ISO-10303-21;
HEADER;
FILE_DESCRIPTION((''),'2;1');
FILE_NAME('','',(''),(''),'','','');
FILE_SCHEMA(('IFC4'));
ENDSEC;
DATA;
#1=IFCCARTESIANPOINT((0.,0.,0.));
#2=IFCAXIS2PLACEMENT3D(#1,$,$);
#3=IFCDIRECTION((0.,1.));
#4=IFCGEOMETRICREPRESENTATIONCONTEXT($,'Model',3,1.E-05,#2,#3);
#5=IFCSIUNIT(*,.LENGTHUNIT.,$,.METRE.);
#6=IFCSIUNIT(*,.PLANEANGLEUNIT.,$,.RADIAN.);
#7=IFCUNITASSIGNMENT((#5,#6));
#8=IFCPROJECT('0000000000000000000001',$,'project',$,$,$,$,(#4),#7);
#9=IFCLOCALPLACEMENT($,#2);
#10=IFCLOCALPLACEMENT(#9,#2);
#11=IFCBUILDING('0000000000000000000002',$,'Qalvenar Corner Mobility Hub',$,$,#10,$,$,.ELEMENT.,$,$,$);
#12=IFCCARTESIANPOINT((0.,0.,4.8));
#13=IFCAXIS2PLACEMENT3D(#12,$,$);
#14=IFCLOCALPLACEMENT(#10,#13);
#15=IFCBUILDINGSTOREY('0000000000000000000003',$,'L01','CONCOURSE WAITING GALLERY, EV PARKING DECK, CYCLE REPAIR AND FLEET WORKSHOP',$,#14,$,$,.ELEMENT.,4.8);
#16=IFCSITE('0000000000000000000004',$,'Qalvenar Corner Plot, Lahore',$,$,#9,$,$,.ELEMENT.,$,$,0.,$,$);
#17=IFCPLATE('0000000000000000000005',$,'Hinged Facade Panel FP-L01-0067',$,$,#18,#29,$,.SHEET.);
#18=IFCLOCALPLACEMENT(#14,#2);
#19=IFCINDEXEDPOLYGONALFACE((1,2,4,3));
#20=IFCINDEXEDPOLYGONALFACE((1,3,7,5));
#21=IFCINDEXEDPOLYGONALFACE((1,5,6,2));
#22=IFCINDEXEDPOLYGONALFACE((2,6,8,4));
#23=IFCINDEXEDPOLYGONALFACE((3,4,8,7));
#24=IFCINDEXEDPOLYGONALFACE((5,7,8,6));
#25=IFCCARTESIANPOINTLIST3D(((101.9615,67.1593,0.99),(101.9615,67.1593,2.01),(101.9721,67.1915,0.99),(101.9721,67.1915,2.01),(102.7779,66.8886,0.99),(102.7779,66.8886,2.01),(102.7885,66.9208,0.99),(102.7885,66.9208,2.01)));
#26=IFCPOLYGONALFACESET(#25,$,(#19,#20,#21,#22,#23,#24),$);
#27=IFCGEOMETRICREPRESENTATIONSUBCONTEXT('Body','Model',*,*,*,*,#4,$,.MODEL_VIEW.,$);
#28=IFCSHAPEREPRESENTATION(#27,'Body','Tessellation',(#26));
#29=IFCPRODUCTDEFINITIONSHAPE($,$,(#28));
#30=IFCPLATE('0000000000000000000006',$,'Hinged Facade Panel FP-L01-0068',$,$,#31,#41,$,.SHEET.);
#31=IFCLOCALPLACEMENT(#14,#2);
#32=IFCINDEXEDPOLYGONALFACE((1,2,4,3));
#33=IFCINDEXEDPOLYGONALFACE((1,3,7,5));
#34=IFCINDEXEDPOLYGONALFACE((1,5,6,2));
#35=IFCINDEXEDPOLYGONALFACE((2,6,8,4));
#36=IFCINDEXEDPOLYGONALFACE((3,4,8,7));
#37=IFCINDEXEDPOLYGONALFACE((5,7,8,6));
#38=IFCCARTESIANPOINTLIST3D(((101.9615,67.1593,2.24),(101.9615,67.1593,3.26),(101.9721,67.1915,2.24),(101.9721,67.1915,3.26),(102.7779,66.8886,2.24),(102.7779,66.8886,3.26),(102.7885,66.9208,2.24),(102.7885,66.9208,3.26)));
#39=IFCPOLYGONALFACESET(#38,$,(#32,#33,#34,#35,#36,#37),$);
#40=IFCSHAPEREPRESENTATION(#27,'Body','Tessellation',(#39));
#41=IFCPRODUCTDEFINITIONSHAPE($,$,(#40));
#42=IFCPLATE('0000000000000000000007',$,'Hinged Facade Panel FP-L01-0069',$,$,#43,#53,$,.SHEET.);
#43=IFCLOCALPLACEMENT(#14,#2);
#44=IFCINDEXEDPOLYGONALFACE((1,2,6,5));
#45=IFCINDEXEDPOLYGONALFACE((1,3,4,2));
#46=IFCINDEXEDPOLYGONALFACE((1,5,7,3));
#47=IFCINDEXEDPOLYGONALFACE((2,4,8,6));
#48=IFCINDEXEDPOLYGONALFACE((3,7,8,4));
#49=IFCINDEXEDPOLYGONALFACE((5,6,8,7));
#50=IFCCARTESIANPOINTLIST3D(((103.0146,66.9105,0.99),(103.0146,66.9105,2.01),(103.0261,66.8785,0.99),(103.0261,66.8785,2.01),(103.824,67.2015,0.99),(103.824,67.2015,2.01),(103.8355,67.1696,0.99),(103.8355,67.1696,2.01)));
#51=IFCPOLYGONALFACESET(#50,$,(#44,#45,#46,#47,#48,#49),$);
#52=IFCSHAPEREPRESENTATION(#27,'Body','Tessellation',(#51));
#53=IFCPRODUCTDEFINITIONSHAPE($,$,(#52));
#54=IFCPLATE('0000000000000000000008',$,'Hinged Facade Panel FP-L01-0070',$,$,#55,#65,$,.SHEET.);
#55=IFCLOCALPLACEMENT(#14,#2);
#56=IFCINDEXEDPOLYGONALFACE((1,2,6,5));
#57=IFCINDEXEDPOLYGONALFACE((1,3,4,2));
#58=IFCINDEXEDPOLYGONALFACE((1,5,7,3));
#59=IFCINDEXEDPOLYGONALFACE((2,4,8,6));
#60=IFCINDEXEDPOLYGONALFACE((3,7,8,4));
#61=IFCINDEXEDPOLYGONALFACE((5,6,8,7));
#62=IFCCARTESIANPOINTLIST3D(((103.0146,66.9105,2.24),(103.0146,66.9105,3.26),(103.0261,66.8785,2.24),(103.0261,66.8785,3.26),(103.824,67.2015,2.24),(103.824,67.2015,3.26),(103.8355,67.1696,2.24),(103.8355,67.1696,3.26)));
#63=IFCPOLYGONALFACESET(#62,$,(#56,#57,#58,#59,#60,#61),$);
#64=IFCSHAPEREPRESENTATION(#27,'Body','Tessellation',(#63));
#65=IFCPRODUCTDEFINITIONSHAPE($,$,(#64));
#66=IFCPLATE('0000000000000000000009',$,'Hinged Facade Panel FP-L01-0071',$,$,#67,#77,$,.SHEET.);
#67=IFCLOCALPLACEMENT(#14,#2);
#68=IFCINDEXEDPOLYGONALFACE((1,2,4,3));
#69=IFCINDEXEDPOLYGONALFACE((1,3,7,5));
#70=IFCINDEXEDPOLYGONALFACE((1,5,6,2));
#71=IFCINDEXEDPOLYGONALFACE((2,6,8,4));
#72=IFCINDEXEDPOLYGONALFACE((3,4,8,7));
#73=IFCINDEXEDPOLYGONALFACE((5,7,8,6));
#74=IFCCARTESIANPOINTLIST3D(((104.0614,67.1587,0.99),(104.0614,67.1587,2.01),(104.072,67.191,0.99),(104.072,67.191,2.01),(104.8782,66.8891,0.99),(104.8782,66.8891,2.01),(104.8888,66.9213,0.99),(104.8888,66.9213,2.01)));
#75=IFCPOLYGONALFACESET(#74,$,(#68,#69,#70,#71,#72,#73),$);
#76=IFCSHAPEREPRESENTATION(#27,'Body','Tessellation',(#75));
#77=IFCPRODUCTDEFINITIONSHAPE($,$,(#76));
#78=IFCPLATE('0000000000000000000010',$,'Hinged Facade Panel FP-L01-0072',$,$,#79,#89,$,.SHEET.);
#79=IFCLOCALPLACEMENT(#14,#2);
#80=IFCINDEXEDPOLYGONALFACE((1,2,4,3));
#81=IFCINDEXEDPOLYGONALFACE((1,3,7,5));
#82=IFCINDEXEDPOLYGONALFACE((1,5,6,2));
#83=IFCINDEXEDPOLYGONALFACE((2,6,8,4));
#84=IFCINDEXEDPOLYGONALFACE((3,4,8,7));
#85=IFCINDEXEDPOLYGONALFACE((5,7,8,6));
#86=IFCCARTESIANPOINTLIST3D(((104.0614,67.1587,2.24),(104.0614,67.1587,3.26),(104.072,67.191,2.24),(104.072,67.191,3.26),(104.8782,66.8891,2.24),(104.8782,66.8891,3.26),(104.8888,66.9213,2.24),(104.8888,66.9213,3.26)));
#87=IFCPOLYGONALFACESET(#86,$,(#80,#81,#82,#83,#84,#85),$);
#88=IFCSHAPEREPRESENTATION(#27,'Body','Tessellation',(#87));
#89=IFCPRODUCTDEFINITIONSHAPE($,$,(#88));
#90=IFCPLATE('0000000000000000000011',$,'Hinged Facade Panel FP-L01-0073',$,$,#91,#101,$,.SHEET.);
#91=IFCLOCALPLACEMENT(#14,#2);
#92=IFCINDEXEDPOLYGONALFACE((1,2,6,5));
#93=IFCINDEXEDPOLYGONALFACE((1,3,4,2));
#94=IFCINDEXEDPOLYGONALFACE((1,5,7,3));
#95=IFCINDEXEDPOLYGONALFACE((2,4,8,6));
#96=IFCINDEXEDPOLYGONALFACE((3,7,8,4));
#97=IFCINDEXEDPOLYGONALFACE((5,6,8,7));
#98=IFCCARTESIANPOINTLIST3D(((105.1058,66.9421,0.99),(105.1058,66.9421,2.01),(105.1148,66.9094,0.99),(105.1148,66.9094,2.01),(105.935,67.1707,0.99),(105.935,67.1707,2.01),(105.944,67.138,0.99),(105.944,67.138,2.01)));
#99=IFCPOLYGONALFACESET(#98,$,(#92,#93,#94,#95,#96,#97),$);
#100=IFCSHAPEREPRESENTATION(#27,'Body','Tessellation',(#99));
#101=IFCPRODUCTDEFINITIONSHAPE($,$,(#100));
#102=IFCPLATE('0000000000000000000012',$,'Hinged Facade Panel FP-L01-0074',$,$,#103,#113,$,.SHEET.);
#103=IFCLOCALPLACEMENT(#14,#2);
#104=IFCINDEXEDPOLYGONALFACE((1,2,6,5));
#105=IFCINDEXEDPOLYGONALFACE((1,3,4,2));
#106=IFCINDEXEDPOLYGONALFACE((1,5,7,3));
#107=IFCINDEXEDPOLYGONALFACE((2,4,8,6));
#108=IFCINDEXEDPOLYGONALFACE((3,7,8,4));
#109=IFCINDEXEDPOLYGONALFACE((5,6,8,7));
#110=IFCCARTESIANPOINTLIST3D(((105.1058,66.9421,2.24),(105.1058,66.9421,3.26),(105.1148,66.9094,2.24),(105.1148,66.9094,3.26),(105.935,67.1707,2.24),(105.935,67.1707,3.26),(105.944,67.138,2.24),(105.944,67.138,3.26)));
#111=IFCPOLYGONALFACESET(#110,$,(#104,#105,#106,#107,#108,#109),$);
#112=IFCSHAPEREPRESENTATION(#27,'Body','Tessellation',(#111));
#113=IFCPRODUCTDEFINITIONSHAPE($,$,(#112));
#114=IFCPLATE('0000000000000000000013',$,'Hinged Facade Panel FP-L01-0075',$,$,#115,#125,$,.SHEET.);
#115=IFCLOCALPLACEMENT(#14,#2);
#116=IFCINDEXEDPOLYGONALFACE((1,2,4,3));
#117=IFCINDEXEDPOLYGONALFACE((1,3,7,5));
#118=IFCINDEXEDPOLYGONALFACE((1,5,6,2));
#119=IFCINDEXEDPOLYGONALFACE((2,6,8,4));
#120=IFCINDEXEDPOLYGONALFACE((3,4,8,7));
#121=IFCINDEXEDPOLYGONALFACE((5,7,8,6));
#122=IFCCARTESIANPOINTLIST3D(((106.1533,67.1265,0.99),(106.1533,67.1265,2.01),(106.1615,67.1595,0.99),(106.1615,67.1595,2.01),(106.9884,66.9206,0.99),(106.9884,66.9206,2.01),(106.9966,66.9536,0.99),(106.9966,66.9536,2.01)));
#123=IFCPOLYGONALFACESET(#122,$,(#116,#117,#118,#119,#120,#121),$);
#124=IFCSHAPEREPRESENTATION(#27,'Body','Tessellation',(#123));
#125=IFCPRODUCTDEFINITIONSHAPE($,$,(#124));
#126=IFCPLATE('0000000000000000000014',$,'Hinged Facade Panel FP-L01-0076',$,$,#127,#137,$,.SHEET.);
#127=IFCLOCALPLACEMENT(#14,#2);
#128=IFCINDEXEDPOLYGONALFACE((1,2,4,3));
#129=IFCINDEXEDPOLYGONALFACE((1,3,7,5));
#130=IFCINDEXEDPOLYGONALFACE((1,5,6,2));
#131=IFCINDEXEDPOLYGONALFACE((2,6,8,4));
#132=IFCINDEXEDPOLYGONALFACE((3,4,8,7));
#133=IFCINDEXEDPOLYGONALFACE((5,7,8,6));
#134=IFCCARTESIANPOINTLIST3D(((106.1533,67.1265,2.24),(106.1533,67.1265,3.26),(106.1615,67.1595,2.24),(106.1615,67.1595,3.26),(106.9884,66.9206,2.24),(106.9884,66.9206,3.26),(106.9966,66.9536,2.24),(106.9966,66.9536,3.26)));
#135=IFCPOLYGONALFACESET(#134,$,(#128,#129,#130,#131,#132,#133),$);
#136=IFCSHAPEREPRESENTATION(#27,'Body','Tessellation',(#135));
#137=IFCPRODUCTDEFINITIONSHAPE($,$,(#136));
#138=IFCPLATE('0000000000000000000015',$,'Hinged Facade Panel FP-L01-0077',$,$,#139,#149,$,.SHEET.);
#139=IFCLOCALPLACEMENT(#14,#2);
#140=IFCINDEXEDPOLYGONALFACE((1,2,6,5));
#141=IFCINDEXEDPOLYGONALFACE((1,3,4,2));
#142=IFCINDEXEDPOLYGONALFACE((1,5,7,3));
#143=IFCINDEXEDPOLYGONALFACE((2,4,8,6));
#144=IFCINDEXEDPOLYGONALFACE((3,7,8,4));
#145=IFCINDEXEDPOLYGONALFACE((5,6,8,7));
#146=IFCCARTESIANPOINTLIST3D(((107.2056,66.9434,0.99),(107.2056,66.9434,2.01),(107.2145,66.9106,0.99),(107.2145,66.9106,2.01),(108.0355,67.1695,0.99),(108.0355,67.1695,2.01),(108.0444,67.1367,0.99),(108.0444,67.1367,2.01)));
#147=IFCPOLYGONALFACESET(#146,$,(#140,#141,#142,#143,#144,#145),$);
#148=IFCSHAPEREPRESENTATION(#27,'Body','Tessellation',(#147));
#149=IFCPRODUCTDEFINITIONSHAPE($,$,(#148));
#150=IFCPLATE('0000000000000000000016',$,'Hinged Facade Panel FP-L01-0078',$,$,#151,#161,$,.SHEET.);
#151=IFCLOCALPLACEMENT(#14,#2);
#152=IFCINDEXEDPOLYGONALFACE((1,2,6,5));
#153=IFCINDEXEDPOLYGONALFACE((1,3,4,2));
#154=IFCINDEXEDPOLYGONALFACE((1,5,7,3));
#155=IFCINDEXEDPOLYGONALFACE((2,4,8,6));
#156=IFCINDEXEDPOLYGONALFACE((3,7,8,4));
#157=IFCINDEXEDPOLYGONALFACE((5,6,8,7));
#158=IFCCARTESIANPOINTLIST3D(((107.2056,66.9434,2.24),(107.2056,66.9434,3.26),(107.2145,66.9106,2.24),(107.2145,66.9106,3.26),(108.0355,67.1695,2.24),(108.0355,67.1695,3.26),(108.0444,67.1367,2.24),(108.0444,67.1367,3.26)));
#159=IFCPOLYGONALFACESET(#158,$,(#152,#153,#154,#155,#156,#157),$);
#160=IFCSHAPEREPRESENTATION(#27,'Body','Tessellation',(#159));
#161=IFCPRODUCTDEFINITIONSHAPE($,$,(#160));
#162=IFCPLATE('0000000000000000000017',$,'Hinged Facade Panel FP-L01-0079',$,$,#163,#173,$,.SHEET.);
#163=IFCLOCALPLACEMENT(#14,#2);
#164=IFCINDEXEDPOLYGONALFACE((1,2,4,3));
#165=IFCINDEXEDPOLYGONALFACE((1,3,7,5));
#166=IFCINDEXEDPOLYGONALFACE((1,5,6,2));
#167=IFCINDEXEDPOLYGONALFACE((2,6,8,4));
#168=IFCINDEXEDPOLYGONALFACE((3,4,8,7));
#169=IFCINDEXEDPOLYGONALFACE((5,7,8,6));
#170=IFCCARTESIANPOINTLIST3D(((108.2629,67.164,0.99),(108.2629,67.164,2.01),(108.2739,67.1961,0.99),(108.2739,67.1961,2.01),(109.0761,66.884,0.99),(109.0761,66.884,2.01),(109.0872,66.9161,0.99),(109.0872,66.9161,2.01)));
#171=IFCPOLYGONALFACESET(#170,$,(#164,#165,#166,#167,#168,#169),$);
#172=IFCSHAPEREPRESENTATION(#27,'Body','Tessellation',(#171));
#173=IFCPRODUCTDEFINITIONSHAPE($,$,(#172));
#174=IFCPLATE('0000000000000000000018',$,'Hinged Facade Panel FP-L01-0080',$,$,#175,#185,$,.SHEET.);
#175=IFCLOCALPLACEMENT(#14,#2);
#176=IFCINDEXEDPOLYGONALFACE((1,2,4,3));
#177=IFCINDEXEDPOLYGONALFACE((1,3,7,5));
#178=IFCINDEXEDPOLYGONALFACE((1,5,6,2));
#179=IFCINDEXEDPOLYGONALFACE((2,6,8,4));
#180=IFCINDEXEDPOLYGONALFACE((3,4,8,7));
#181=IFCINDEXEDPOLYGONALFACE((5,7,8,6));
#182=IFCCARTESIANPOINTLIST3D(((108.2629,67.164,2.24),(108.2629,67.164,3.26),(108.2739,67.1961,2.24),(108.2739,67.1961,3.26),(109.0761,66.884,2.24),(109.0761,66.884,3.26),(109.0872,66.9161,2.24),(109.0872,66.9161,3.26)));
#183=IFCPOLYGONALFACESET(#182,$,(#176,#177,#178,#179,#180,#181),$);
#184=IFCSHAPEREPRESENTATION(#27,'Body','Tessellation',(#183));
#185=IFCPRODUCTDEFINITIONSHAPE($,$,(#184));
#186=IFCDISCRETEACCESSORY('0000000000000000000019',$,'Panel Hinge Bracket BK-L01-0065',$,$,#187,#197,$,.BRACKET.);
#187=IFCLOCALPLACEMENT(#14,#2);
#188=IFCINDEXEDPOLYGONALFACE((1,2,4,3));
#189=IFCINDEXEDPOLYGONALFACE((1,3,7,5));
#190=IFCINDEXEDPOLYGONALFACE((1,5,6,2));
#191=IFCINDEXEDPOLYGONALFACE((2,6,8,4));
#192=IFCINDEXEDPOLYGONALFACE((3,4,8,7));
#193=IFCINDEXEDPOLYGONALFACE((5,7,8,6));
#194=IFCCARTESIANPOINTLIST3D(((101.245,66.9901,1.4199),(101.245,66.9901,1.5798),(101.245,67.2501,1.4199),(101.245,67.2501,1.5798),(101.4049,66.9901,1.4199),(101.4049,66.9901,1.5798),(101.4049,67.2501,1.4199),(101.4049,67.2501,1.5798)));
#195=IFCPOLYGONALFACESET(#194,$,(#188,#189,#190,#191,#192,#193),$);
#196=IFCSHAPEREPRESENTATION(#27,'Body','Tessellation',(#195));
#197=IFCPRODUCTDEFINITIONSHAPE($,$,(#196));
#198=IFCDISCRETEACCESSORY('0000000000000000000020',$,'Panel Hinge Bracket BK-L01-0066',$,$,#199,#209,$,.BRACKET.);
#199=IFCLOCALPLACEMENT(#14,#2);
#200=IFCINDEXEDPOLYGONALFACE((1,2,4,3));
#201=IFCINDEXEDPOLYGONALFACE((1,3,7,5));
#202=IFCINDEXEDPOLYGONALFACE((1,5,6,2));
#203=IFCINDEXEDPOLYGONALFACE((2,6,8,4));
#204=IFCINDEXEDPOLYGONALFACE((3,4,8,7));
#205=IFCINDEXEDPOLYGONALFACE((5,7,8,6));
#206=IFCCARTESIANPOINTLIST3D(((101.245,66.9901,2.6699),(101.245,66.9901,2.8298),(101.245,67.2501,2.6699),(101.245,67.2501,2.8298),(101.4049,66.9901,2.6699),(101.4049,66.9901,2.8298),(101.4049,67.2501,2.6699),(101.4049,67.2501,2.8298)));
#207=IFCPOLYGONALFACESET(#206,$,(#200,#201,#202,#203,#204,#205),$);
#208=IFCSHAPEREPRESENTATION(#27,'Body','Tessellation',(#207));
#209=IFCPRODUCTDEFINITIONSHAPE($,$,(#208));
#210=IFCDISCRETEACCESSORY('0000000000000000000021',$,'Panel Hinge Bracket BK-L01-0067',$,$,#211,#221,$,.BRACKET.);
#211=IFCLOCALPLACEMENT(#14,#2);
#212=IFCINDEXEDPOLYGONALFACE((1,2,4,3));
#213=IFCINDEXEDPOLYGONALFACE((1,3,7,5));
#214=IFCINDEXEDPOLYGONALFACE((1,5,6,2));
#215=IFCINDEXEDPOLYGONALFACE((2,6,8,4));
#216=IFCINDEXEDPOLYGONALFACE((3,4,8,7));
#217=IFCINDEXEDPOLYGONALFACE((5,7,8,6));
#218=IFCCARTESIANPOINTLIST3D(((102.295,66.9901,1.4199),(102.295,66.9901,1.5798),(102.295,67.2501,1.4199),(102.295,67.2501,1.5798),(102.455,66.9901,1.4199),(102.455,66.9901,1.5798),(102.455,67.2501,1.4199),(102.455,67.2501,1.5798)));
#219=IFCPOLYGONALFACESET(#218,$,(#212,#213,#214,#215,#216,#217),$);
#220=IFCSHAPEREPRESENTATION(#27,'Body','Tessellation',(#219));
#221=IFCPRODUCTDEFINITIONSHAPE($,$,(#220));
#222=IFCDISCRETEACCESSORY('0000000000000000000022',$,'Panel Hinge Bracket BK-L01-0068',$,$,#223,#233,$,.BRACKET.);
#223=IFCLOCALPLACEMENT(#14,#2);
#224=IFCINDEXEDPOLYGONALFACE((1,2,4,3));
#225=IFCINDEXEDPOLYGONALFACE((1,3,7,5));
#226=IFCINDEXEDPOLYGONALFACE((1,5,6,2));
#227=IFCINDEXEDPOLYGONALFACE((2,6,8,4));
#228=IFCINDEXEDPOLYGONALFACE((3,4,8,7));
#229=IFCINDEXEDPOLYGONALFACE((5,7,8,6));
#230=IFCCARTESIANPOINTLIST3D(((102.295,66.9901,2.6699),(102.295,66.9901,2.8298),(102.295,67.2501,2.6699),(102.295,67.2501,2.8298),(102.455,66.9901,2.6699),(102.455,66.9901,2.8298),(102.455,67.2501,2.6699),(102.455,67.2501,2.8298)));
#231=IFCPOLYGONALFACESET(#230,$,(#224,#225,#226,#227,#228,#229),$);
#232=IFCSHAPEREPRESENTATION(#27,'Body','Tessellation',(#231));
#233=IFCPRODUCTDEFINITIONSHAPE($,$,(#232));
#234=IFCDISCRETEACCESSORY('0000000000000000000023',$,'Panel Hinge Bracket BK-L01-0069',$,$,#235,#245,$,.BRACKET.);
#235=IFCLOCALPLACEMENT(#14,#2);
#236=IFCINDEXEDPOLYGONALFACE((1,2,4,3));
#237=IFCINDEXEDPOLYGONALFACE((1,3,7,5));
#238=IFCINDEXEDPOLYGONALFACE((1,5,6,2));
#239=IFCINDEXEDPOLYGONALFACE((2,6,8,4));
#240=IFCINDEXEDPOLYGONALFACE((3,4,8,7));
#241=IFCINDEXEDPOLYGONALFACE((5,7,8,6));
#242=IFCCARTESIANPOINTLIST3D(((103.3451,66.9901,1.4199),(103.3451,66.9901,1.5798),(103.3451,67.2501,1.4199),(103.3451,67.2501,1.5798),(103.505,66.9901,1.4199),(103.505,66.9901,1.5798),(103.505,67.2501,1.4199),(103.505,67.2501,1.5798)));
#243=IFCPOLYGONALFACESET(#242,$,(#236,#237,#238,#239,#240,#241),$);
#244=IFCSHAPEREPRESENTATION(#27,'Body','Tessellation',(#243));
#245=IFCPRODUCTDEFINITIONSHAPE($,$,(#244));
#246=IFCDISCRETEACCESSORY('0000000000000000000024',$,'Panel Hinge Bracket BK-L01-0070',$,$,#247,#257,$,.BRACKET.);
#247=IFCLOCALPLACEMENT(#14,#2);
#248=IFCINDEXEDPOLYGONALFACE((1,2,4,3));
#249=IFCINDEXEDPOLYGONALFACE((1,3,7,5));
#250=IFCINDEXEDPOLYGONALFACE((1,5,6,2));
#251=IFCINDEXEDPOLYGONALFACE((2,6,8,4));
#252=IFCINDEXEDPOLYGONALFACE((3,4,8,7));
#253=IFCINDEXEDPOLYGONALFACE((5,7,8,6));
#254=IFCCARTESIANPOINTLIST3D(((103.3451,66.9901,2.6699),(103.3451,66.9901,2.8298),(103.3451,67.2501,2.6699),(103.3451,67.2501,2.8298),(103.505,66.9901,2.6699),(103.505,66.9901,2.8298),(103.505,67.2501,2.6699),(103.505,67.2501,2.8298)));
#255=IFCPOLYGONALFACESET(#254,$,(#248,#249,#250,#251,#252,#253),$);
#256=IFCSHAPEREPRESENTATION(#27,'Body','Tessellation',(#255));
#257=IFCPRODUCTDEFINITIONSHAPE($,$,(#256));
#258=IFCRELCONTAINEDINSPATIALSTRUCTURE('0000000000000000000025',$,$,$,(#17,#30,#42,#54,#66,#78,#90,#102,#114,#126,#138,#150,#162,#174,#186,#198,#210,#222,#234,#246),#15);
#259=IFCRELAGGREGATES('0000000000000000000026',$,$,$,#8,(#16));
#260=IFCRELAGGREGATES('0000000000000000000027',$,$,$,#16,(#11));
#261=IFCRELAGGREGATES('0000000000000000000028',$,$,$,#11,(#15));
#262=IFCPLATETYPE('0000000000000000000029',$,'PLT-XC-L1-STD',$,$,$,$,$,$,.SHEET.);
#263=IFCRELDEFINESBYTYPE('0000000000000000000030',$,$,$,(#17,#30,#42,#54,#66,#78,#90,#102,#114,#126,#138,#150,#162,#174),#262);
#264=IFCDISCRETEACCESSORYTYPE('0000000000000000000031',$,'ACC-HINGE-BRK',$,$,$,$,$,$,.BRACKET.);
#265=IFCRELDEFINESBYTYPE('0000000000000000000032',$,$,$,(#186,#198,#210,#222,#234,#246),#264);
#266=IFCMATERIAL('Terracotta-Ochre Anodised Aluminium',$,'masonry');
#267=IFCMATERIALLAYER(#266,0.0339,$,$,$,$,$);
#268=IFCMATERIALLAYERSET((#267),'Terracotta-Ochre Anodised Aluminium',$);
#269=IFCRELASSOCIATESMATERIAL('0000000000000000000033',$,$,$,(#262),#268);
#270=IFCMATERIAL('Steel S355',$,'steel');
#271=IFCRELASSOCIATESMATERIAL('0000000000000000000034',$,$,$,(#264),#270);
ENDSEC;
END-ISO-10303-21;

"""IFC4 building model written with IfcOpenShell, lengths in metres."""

from ifc_helpers import new_model, si_unit, direction, frame, origin, origin_2d, place, context, subcontext, project, spatial, rectangle, extrude, material, layer, layer_set, type_object, element, save


model = new_model("IFC4")

# Units and contexts
model_context = context("Model", 3, precision=1e-05, world=origin(), true_north=direction((0.0, 1.0)))
body_context = subcontext(model_context, "Body", "Model", "MODEL_VIEW")
ifc_project = project(units=[si_unit("LENGTHUNIT", "METRE"), si_unit("PLANEANGLEUNIT", "RADIAN")], contexts=[model_context])

# Site, building, storey
site_placement = place(None, origin())
site = spatial("IfcSite", under=ifc_project, at=site_placement, Name="Qalvenar Corner Plot, Lahore", CompositionType="ELEMENT", RefElevation=0.0)
building_placement = place(site_placement, origin())
building = spatial("IfcBuilding", under=site, at=building_placement, Name="Qalvenar Corner Mobility Hub", CompositionType="ELEMENT")
storey_placement = place(building_placement, frame((0.0, 0.0, 4.8)))
storey = spatial("IfcBuildingStorey", under=building, at=storey_placement, Name="L01", Description="CONCOURSE WAITING GALLERY, EV PARKING DECK, CYCLE REPAIR AND FLEET WORKSHOP", CompositionType="ELEMENT", Elevation=4.8)

# Plates
ifc_material_1 = material(Name="Terracotta-Ochre Anodised Aluminium", Category="masonry")
ifc_layer = layer(ifc_material_1, 0.0339)
ifc_layer_set = layer_set([ifc_layer], Name="Terracotta-Ochre Anodised Aluminium")
plate_type = type_object("IfcPlateType", Name="PLT-XC-L1-STD", PredefinedType="SHEET", material=ifc_layer_set)
for number, where, z_axis, x_axis, name in (
    (1, (102.375, 67.04, 0.99), (0.0, 0.0, 1.0), (0.949206, -0.314655, 0.0), "Hinged Facade Panel FP-L01-0067"),
    (2, (102.375, 67.04, 2.24), (0.0, 0.0, 1.0), (0.949206, -0.314655, 0.0), "Hinged Facade Panel FP-L01-0068"),
    (3, (103.425, 67.04, 0.99), (0.0, 0.0, 1.0), (0.940999, 0.338409, 0.0), "Hinged Facade Panel FP-L01-0069"),
    (4, (103.425, 67.04, 2.24), (0.0, 0.0, 1.0), (0.940999, 0.338409, 0.0), "Hinged Facade Panel FP-L01-0070"),
    (5, (104.4751, 67.04, 0.99), (0.0, 0.0, 1.0), (0.94959, -0.313495, 0.0), "Hinged Facade Panel FP-L01-0071"),
    (6, (104.4751, 67.04, 2.24), (0.0, 0.0, 1.0), (0.94959, -0.313495, 0.0), "Hinged Facade Panel FP-L01-0072"),
    (7, (105.5249, 67.04, 0.99), (0.0, 0.0, 1.0), (0.964049, 0.265724, 0.0), "Hinged Facade Panel FP-L01-0073"),
    (8, (105.5249, 67.04, 2.24), (0.0, 0.0, 1.0), (0.964049, 0.265724, 0.0), "Hinged Facade Panel FP-L01-0074"),
    (9, (106.575, 67.04, 0.99), (0.0, 0.0, 1.0), (0.970926, -0.239381, 0.0), "Hinged Facade Panel FP-L01-0075"),
    (10, (106.575, 67.04, 2.24), (0.0, 0.0, 1.0), (0.970926, -0.239381, 0.0), "Hinged Facade Panel FP-L01-0076"),
    (11, (107.625, 67.04, 0.99), (0.0, 0.0, 1.0), (0.964833, 0.262863, 0.0), "Hinged Facade Panel FP-L01-0077"),
    (12, (107.625, 67.04, 2.24), (0.0, 0.0, 1.0), (0.964833, 0.262863, 0.0), "Hinged Facade Panel FP-L01-0078"),
    (13, (108.675, 67.04, 0.99), (0.0, 0.0, 1.0), (0.945519, -0.325568, 0.0), "Hinged Facade Panel FP-L01-0079"),
    (14, (108.675, 67.04, 2.24), (0.0, 0.0, 1.0), (0.945519, -0.325568, 0.0), "Hinged Facade Panel FP-L01-0080"),
):
    element("IfcPlate", number, at=place(storey_placement, frame(where, z_axis=z_axis, x_axis=x_axis)), inside=storey, type_object=plate_type, Name=name, PredefinedType="SHEET", context=body_context, shape_type="SweptSolid", body=[
        extrude(rectangle(XDim=0.8601, YDim=0.0339, at=origin_2d()), origin(), (0.0, 0.0, 1.0), 1.02),
    ])

# Discrete accessories
ifc_material_2 = material(Name="Steel S355", Category="steel")
discrete_accessory_type = type_object("IfcDiscreteAccessoryType", Name="ACC-HINGE-BRK", PredefinedType="BRACKET", material=ifc_material_2)
for number, where, z_axis, x_axis, name in (
    (15, (101.325, 67.1201, 1.4199), (0.0, 0.0, 1.0), (1.0, 0.0, 0.0), "Panel Hinge Bracket BK-L01-0065"),
    (16, (101.325, 67.1201, 2.6699), (0.0, 0.0, 1.0), (1.0, 0.0, 0.0), "Panel Hinge Bracket BK-L01-0066"),
    (17, (102.375, 67.1201, 1.4199), (0.0, 0.0, 1.0), (1.0, 0.0, 0.0), "Panel Hinge Bracket BK-L01-0067"),
    (18, (102.375, 67.1201, 2.6699), (0.0, 0.0, 1.0), (1.0, 0.0, 0.0), "Panel Hinge Bracket BK-L01-0068"),
    (19, (103.425, 67.1201, 1.4199), (0.0, 0.0, 1.0), (1.0, 0.0, 0.0), "Panel Hinge Bracket BK-L01-0069"),
    (20, (103.425, 67.1201, 2.6699), (0.0, 0.0, 1.0), (1.0, 0.0, 0.0), "Panel Hinge Bracket BK-L01-0070"),
):
    element("IfcDiscreteAccessory", number, at=place(storey_placement, frame(where, z_axis=z_axis, x_axis=x_axis)), inside=storey, type_object=discrete_accessory_type, Name=name, PredefinedType="BRACKET", context=body_context, shape_type="SweptSolid", body=[
        extrude(rectangle(XDim=0.1599, YDim=0.26, at=origin_2d()), origin(), (0.0, 0.0, 1.0), 0.1599),
    ])

save(model, "model.ifc")
